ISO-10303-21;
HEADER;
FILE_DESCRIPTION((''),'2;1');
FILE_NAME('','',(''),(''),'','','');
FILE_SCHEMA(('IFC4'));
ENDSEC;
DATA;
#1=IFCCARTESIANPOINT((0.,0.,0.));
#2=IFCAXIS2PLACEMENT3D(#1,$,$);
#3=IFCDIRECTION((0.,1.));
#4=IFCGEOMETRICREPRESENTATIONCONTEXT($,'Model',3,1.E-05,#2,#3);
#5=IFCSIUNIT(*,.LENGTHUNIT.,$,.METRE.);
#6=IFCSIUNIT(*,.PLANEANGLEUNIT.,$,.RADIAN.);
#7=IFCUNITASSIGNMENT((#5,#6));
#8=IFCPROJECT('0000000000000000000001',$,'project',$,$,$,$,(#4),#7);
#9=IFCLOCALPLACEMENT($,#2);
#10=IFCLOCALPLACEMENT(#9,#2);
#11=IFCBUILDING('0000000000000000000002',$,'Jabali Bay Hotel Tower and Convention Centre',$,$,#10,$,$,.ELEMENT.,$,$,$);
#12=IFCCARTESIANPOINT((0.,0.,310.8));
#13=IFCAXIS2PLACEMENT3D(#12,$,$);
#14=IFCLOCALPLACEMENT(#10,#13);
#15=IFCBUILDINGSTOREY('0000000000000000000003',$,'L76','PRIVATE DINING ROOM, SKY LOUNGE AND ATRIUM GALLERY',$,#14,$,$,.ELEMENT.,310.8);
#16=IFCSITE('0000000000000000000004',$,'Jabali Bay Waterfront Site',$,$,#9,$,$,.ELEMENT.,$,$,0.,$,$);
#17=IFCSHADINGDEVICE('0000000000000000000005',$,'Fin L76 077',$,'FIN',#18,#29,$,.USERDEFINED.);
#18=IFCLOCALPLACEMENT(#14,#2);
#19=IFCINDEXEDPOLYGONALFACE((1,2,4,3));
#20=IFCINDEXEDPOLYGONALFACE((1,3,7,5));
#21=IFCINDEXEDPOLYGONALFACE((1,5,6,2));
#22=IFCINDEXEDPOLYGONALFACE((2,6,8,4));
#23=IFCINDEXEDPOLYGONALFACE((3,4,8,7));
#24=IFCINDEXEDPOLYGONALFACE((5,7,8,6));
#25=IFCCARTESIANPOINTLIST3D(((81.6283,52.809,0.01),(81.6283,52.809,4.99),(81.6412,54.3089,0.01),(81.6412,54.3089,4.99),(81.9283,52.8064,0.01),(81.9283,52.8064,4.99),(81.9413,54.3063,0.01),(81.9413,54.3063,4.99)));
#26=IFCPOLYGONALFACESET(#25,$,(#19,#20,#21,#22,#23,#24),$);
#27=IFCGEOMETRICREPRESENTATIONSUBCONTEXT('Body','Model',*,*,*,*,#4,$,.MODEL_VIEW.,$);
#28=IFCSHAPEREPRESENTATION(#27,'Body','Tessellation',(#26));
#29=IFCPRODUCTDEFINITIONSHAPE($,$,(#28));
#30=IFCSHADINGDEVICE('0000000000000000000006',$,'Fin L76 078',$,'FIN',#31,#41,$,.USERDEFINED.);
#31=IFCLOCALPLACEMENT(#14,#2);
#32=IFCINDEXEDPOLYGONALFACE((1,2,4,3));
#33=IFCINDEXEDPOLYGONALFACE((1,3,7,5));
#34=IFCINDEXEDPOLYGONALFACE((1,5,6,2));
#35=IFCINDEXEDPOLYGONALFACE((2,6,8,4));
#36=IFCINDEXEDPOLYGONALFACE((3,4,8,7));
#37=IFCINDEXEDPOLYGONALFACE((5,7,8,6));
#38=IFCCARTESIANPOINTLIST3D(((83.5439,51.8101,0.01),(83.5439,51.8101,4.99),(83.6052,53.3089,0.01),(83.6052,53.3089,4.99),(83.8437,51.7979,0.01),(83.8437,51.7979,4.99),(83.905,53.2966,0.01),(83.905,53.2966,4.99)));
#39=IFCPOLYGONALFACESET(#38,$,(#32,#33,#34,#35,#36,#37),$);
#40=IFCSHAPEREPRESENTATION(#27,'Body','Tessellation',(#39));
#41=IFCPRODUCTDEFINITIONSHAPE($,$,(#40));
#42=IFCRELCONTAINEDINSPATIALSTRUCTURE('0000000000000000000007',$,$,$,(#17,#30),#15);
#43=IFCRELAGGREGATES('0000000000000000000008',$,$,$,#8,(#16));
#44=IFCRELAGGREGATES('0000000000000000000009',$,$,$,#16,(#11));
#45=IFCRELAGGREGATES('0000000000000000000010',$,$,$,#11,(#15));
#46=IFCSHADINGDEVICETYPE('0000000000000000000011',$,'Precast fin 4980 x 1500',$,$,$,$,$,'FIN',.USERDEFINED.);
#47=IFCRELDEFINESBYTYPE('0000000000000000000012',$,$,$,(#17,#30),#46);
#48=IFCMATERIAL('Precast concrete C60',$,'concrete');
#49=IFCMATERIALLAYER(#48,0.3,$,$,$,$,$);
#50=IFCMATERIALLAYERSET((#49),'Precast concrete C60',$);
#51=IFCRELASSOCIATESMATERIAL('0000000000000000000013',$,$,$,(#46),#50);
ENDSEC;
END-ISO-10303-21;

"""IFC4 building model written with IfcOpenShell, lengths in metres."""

from ifc_helpers import new_model, si_unit, direction, frame, frame_2d, origin, place, context, subcontext, project, spatial, rectangle, extrude, material, layer, layer_set, type_object, element, save


model = new_model("IFC4")

# Units and contexts
model_context = context("Model", 3, precision=1e-05, world=origin(), true_north=direction((0.0, 1.0)))
body_context = subcontext(model_context, "Body", "Model", "MODEL_VIEW")
ifc_project = project(units=[si_unit("LENGTHUNIT", "METRE"), si_unit("PLANEANGLEUNIT", "RADIAN")], contexts=[model_context])

# Site, building, storey
site_placement = place(None, origin())
site = spatial("IfcSite", under=ifc_project, at=site_placement, Name="Jabali Bay Waterfront Site", CompositionType="ELEMENT", RefElevation=0.0)
building_placement = place(site_placement, origin())
building = spatial("IfcBuilding", under=site, at=building_placement, Name="Jabali Bay Hotel Tower and Convention Centre", CompositionType="ELEMENT")
storey_placement = place(building_placement, frame((0.0, 0.0, 310.8)))
storey = spatial("IfcBuildingStorey", under=building, at=storey_placement, Name="L76", Description="PRIVATE DINING ROOM, SKY LOUNGE AND ATRIUM GALLERY", CompositionType="ELEMENT", Elevation=310.8)

# Shading devices
ifc_material_1 = material(Name="Precast concrete C60", Category="concrete")
ifc_layer_1 = layer(ifc_material_1, 0.3)
ifc_layer_set_1 = layer_set([ifc_layer_1], Name="Precast concrete C60")
shading_device_type_1 = type_object("IfcShadingDeviceType", Name="Precast fin 4980 x 1500", ElementType="FIN", PredefinedType="USERDEFINED", material=ifc_layer_set_1)
for number, where, z_axis, x_axis, name in (
    (1, (81.7913, 54.3076, 0.01), (0.0, 0.0, 1.0), (-0.008626, -0.999963, 0.0), "Fin L76 077"),
    (2, (83.7551, 53.3027, 0.01), (0.0, 0.0, 1.0), (-0.040852, -0.999165, 0.0), "Fin L76 078"),
):
    element("IfcShadingDevice", number, at=place(storey_placement, frame(where, z_axis=z_axis, x_axis=x_axis)), inside=storey, type_object=shading_device_type_1, Name=name, ObjectType="FIN", PredefinedType="USERDEFINED", context=body_context, shape_type="SweptSolid", body=[
        extrude(rectangle(XDim=1.5, YDim=0.3, at=frame_2d((0.75, 0.0))), origin(), (0.0, 0.0, 1.0), 4.98),
    ])

save(model, "model.ifc")
